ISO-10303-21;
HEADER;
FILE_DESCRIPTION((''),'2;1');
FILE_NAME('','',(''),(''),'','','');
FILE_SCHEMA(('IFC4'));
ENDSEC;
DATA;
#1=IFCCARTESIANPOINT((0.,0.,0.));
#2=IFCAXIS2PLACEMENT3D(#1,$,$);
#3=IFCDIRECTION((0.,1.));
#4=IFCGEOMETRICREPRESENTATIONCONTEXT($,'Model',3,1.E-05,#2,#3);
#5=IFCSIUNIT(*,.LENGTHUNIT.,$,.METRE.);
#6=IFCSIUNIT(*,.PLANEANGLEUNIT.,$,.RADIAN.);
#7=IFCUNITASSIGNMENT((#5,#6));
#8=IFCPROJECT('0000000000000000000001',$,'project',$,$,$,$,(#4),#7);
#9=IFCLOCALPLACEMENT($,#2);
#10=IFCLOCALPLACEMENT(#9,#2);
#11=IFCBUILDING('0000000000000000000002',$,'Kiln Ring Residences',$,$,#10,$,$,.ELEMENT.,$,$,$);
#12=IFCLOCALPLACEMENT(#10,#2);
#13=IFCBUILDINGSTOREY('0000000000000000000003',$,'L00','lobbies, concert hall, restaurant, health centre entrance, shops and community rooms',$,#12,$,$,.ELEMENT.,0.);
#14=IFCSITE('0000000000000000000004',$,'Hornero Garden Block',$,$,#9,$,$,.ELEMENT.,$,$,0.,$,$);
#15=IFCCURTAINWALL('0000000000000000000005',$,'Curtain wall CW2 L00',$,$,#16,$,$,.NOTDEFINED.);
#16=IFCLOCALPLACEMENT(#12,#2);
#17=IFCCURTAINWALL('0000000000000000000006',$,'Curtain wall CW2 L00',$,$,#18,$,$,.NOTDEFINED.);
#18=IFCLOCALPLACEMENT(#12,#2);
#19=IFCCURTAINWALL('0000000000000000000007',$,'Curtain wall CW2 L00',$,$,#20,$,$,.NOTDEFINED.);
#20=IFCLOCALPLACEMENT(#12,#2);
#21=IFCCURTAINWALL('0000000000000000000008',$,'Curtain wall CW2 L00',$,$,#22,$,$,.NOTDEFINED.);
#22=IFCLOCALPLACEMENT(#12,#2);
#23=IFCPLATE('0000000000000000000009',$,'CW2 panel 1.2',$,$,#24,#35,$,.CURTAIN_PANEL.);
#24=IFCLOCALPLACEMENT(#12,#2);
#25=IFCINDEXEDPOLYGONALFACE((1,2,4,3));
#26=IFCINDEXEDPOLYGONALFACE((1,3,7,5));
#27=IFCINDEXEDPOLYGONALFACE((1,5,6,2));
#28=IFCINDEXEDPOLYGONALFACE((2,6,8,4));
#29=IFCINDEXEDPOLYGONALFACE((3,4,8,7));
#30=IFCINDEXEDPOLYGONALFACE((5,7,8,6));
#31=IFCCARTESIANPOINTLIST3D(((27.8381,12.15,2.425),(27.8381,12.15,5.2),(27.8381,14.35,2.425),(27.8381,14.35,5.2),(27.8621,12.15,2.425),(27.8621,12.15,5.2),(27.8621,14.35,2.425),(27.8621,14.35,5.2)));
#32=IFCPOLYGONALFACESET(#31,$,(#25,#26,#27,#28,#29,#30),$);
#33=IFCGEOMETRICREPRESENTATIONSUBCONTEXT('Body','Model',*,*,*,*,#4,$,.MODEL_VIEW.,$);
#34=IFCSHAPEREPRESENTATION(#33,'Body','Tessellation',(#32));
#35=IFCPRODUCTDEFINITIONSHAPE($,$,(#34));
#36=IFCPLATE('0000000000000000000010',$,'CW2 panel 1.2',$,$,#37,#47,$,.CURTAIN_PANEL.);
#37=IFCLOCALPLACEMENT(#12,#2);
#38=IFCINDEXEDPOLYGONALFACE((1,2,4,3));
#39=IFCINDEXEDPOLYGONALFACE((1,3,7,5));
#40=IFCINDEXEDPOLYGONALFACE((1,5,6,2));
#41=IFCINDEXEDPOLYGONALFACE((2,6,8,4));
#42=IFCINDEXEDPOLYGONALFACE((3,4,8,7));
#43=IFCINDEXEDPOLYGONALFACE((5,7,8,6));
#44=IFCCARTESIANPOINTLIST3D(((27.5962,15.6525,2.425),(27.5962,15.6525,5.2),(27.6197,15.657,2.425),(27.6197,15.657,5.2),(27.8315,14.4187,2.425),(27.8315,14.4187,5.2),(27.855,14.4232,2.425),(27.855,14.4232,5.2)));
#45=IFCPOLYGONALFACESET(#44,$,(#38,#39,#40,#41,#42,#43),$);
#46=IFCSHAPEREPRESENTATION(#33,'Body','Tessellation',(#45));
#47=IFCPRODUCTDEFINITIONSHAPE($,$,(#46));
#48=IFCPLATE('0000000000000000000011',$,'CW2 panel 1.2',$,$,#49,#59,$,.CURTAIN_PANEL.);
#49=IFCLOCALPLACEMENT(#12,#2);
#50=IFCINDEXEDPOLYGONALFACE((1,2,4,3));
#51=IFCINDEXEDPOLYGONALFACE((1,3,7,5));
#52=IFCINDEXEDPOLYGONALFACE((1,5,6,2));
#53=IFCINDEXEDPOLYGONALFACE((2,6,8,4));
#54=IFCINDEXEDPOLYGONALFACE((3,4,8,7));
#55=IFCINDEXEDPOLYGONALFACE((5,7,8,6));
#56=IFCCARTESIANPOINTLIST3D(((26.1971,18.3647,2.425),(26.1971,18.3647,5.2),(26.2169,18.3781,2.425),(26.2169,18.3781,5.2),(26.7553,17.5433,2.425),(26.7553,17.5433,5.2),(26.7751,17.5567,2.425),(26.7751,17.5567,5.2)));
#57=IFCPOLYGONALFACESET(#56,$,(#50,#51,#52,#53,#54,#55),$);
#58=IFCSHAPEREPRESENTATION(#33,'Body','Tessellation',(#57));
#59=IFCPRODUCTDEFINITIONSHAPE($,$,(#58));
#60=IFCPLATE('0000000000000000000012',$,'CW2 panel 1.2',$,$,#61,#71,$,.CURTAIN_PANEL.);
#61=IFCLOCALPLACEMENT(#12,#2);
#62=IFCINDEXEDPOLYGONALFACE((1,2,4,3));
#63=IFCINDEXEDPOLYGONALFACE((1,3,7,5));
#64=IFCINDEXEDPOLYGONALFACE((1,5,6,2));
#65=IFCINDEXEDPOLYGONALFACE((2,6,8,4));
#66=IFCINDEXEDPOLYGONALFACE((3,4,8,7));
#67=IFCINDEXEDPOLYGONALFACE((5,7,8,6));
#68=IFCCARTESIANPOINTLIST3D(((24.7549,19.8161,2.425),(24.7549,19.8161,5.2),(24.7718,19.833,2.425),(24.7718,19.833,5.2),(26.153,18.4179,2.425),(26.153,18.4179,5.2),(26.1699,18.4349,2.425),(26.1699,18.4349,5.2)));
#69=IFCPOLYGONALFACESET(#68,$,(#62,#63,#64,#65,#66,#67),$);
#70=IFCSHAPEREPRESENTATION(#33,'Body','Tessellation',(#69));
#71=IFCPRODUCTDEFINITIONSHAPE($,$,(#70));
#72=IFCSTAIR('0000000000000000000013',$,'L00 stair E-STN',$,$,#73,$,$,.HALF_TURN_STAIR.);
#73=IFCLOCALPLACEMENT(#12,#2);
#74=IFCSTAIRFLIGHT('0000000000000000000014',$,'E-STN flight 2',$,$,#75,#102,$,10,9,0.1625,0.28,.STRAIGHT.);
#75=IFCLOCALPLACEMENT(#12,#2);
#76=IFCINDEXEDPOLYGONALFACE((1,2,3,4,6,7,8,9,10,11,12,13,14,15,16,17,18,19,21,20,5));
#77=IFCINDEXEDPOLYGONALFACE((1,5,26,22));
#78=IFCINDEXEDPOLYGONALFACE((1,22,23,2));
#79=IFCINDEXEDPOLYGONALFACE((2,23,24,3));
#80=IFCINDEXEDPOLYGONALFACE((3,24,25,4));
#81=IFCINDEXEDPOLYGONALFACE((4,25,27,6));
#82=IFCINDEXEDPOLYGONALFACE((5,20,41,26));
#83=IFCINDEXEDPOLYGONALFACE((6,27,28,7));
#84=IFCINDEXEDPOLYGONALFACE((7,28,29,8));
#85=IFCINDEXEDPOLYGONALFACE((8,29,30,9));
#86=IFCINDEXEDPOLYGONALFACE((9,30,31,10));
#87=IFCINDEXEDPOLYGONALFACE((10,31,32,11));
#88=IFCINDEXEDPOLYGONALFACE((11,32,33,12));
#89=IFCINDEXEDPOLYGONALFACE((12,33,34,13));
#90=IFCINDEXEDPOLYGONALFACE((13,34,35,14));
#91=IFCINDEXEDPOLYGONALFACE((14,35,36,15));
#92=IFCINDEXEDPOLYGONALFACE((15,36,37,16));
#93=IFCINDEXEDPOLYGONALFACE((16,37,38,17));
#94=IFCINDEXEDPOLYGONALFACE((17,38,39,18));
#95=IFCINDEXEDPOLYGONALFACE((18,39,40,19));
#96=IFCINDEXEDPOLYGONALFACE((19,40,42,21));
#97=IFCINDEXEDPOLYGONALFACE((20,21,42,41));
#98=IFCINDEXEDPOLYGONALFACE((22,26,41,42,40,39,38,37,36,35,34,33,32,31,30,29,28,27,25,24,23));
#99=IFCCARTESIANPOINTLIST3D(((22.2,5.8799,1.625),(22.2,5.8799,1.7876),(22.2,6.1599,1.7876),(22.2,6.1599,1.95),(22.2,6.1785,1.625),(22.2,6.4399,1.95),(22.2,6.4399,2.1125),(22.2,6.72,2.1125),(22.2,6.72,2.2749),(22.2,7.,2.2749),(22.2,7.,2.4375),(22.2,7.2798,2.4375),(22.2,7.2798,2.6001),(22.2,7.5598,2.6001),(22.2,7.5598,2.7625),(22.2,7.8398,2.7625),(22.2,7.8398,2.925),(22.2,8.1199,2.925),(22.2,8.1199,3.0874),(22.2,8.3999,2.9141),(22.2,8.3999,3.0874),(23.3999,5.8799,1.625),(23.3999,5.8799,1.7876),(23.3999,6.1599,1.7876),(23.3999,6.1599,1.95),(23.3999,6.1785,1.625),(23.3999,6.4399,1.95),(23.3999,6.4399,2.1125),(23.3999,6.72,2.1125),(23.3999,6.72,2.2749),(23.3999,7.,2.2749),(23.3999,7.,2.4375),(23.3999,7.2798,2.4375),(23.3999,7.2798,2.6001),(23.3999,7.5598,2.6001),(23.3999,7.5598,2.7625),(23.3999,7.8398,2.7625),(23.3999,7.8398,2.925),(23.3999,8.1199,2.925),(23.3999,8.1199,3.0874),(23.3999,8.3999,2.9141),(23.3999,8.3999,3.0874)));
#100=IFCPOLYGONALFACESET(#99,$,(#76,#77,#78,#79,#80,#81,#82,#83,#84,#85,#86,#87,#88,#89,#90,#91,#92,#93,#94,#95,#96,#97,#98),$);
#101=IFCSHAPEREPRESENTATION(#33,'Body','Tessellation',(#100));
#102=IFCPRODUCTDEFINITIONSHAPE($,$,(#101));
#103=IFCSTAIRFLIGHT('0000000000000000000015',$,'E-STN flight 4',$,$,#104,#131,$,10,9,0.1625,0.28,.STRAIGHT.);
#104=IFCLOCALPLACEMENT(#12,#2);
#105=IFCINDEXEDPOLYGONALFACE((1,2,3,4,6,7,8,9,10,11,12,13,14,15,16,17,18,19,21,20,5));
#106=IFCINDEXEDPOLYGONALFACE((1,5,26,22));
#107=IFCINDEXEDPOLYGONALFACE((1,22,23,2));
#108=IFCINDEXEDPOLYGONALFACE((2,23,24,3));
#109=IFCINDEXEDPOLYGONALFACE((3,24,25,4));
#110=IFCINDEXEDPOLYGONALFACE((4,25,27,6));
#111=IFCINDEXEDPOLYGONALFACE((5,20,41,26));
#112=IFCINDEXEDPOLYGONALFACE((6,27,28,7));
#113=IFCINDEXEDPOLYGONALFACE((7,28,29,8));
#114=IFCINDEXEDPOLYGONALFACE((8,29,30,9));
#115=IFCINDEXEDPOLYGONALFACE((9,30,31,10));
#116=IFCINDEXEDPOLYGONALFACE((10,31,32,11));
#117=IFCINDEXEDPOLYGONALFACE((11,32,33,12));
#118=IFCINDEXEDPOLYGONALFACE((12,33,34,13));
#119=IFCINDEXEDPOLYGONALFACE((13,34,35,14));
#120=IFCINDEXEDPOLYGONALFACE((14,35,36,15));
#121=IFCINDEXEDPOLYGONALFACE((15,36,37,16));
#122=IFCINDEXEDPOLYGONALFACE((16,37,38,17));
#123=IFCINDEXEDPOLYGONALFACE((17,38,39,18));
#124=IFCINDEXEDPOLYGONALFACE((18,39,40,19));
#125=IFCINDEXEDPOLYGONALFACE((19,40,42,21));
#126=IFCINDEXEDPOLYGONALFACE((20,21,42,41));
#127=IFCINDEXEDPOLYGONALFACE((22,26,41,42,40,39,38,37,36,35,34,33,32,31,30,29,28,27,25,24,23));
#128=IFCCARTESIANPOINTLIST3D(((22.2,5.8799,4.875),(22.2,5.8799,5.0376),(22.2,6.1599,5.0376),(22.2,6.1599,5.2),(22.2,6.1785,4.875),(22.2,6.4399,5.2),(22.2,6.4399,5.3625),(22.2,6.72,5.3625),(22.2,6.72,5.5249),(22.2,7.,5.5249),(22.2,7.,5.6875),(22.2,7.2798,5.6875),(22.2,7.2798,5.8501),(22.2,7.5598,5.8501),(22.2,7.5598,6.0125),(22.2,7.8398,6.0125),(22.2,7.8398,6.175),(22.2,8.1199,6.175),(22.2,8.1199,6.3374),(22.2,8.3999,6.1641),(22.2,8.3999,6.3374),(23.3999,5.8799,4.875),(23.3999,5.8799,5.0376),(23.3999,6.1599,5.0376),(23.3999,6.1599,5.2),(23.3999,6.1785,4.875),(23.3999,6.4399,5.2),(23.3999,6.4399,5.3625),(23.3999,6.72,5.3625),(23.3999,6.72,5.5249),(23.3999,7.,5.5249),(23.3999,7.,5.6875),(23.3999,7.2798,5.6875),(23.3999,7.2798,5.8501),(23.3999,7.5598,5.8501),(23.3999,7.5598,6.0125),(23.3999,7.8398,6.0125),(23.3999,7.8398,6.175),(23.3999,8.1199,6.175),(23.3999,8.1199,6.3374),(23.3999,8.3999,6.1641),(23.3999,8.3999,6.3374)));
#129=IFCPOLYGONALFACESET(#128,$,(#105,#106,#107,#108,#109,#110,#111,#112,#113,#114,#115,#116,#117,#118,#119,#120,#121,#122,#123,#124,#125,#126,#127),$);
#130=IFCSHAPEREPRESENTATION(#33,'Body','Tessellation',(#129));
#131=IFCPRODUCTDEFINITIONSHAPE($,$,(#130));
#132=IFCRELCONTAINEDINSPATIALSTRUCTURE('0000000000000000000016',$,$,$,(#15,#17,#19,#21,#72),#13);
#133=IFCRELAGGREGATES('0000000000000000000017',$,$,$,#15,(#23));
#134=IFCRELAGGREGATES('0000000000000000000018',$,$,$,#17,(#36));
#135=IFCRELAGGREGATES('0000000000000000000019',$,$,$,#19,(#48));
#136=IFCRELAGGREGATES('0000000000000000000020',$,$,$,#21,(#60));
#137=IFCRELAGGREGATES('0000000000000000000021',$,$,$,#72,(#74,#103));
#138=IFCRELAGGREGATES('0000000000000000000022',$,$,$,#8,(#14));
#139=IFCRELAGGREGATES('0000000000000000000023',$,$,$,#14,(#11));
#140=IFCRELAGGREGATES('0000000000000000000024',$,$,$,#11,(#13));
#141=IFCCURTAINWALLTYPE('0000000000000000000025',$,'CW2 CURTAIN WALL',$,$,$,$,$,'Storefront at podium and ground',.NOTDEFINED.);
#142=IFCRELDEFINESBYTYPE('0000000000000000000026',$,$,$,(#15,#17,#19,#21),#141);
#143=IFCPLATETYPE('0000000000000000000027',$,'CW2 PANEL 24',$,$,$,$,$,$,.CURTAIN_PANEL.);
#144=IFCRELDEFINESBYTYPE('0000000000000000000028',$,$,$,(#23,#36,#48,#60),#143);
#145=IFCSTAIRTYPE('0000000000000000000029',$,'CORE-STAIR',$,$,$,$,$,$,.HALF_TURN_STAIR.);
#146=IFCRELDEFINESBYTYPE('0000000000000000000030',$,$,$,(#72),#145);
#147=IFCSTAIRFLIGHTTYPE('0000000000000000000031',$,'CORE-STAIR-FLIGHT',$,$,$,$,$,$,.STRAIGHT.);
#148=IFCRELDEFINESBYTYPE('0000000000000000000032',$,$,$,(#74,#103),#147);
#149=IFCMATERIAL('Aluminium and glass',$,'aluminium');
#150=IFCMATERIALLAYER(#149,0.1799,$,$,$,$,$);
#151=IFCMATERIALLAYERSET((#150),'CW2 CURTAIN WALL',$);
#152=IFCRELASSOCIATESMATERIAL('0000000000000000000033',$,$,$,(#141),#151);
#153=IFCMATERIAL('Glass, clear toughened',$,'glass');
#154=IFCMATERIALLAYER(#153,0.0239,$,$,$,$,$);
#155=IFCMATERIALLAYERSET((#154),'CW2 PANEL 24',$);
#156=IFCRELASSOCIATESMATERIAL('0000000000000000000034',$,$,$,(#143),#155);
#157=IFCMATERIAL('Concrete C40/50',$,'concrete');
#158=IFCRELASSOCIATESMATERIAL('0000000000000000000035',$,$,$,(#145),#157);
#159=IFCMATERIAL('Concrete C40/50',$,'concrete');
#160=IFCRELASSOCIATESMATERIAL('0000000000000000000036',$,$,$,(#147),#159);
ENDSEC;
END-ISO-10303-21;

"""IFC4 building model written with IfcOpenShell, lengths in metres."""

from ifc_helpers import new_model, si_unit, direction, frame, origin, origin_2d, place, context, subcontext, project, spatial, polyline, rectangle, outline, extrude, material, layer, layer_set, type_object, element, aggregate, save


model = new_model("IFC4")

# Units and contexts
model_context = context("Model", 3, precision=1e-05, world=origin(), true_north=direction((0.0, 1.0)))
body_context = subcontext(model_context, "Body", "Model", "MODEL_VIEW")
ifc_project = project(units=[si_unit("LENGTHUNIT", "METRE"), si_unit("PLANEANGLEUNIT", "RADIAN")], contexts=[model_context])

# Site, building, storey
site_placement = place(None, origin())
site = spatial("IfcSite", under=ifc_project, at=site_placement, Name="Hornero Garden Block", CompositionType="ELEMENT", RefElevation=0.0)
building_placement = place(site_placement, origin())
building = spatial("IfcBuilding", under=site, at=building_placement, Name="Kiln Ring Residences", CompositionType="ELEMENT")
storey_placement = place(building_placement, origin())
storey = spatial("IfcBuildingStorey", under=building, at=storey_placement, Name="L00", Description="lobbies, concert hall, restaurant, health centre entrance, shops and community rooms", CompositionType="ELEMENT", Elevation=0.0)

# Curtain walls
ifc_material_1 = material(Name="Aluminium and glass", Category="aluminium")
ifc_layer_1 = layer(ifc_material_1, 0.1799)
ifc_layer_set_1 = layer_set([ifc_layer_1], Name="CW2 CURTAIN WALL")
curtain_wall_type = type_object("IfcCurtainWallType", Name="CW2 CURTAIN WALL", ElementType="Storefront at podium and ground", PredefinedType="NOTDEFINED", material=ifc_layer_set_1)
placement = place(storey_placement, origin())
curtain_wall_1 = element("IfcCurtainWall", 1, at=placement, inside=storey, type_object=curtain_wall_type, Name="Curtain wall CW2 L00", PredefinedType="NOTDEFINED")
curtain_wall_2 = element("IfcCurtainWall", 2, at=placement, inside=storey, type_object=curtain_wall_type, Name="Curtain wall CW2 L00", PredefinedType="NOTDEFINED")
curtain_wall_3 = element("IfcCurtainWall", 3, at=placement, inside=storey, type_object=curtain_wall_type, Name="Curtain wall CW2 L00", PredefinedType="NOTDEFINED")
curtain_wall_4 = element("IfcCurtainWall", 4, at=placement, inside=storey, type_object=curtain_wall_type, Name="Curtain wall CW2 L00", PredefinedType="NOTDEFINED")

# Plates
ifc_material_2 = material(Name="Glass, clear toughened", Category="glass")
ifc_layer_2 = layer(ifc_material_2, 0.0239)
ifc_layer_set_2 = layer_set([ifc_layer_2], Name="CW2 PANEL 24")
plate_type = type_object("IfcPlateType", Name="CW2 PANEL 24", PredefinedType="CURTAIN_PANEL", material=ifc_layer_set_2)
plate_1_placement = place(storey_placement, frame((27.8501, 13.25, 2.425), z_axis=(0.0, 0.0, 1.0), x_axis=(0.0, 1.0, 0.0)))
plate_1 = element("IfcPlate", 5, at=plate_1_placement, type_object=plate_type, Name="CW2 panel 1.2", PredefinedType="CURTAIN_PANEL", context=body_context, shape_type="SweptSolid", body=[
    extrude(rectangle(XDim=2.2, YDim=0.0239, at=origin_2d()), origin(), (0.0, 0.0, 1.0), 2.7749),
])
aggregate(curtain_wall_1, [plate_1])
plate_2_placement = place(storey_placement, frame((27.7256, 15.0378, 2.425), z_axis=(0.0, 0.0, 1.0), x_axis=(-0.187366, 0.98229, 0.0)))
plate_2 = element("IfcPlate", 6, at=plate_2_placement, type_object=plate_type, Name="CW2 panel 1.2", PredefinedType="CURTAIN_PANEL", context=body_context, shape_type="SweptSolid", body=[
    extrude(rectangle(XDim=1.2561, YDim=0.0239, at=origin_2d()), origin(), (0.0, 0.0, 1.0), 2.7749),
])
aggregate(curtain_wall_2, [plate_2])
plate_3_placement = place(storey_placement, frame((26.4861, 17.9607, 2.425), z_axis=(0.0, 0.0, 1.0), x_axis=(-0.562097, 0.827072, 0.0)))
plate_3 = element("IfcPlate", 7, at=plate_3_placement, type_object=plate_type, Name="CW2 panel 1.2", PredefinedType="CURTAIN_PANEL", context=body_context, shape_type="SweptSolid", body=[
    extrude(rectangle(XDim=0.9932, YDim=0.0239, at=origin_2d()), origin(), (0.0, 0.0, 1.0), 2.7749),
])
aggregate(curtain_wall_3, [plate_3])
plate_4_placement = place(storey_placement, frame((25.4624, 19.1255, 2.425), z_axis=(0.0, 0.0, 1.0), x_axis=(-0.707107, 0.707107, 0.0)))
plate_4 = element("IfcPlate", 8, at=plate_4_placement, type_object=plate_type, Name="CW2 panel 1.2", PredefinedType="CURTAIN_PANEL", context=body_context, shape_type="SweptSolid", body=[
    extrude(rectangle(XDim=1.9773, YDim=0.0239, at=origin_2d()), origin(), (0.0, 0.0, 1.0), 2.7749),
])
aggregate(curtain_wall_4, [plate_4])

# Stair, stair flights
ifc_material_3 = material(Name="Concrete C40/50", Category="concrete")
stair_type = type_object("IfcStairType", Name="CORE-STAIR", PredefinedType="HALF_TURN_STAIR", material=ifc_material_3)
stair = element("IfcStair", 9, at=placement, inside=storey, type_object=stair_type, Name="L00 stair E-STN", PredefinedType="HALF_TURN_STAIR")
ifc_material_4 = material(Name="Concrete C40/50", Category="concrete")
stair_flight_type = type_object("IfcStairFlightType", Name="CORE-STAIR-FLIGHT", PredefinedType="STRAIGHT", material=ifc_material_4)
stair_flight_1_placement = place(storey_placement, frame((22.8, 5.8799, 1.625), z_axis=(0.0, 0.0, 1.0), x_axis=(0.0, 1.0, 0.0)))
stair_flight_1 = element("IfcStairFlight", 10, at=stair_flight_1_placement, type_object=stair_flight_type, Name="E-STN flight 2", NumberOfRisers=10, NumberOfTreads=9, PredefinedType="STRAIGHT", RiserHeight=0.1625, TreadLength=0.28, context=body_context, shape_type="SweptSolid", body=[
    extrude(outline(polyline([(0.0, 0.0), (0.0, 0.1626), (0.28, 0.1626), (0.28, 0.325), (0.5601, 0.325), (0.5601, 0.4875), (0.8401, 0.4875), (0.8401, 0.6499), (1.1201, 0.6499), (1.1201, 0.8125), (1.3999, 0.8125), (1.3999, 0.9751), (1.6799, 0.9751), (1.6799, 1.1375), (1.96, 1.1375), (1.96, 1.3), (2.24, 1.3), (2.24, 1.4624), (2.52, 1.4624), (2.52, 1.625), (2.52, 1.2891), (0.2986, 0.0), (0.0, 0.0)])), frame((0.0, 0.6001, 0.0), z_axis=(0.0, -1.0, 0.0), x_axis=(1.0, 0.0, 0.0)), (0.0, 0.0, 1.0), 1.2),
])
stair_flight_2_placement = place(storey_placement, frame((22.8, 5.8799, 4.875), z_axis=(0.0, 0.0, 1.0), x_axis=(0.0, 1.0, 0.0)))
stair_flight_2 = element("IfcStairFlight", 11, at=stair_flight_2_placement, type_object=stair_flight_type, Name="E-STN flight 4", NumberOfRisers=10, NumberOfTreads=9, PredefinedType="STRAIGHT", RiserHeight=0.1625, TreadLength=0.28, context=body_context, shape_type="SweptSolid", body=[
    extrude(outline(polyline([(0.0, 0.0), (0.0, 0.1626), (0.28, 0.1626), (0.28, 0.325), (0.5601, 0.325), (0.5601, 0.4875), (0.8401, 0.4875), (0.8401, 0.6499), (1.1201, 0.6499), (1.1201, 0.8125), (1.3999, 0.8125), (1.3999, 0.9751), (1.6799, 0.9751), (1.6799, 1.1375), (1.96, 1.1375), (1.96, 1.3), (2.24, 1.3), (2.24, 1.4624), (2.52, 1.4624), (2.52, 1.625), (2.52, 1.2891), (0.2986, 0.0), (0.0, 0.0)])), frame((0.0, 0.6001, 0.0), z_axis=(0.0, -1.0, 0.0), x_axis=(1.0, 0.0, 0.0)), (0.0, 0.0, 1.0), 1.2),
])
aggregate(stair, [stair_flight_1, stair_flight_2])

save(model, "model.ifc")
